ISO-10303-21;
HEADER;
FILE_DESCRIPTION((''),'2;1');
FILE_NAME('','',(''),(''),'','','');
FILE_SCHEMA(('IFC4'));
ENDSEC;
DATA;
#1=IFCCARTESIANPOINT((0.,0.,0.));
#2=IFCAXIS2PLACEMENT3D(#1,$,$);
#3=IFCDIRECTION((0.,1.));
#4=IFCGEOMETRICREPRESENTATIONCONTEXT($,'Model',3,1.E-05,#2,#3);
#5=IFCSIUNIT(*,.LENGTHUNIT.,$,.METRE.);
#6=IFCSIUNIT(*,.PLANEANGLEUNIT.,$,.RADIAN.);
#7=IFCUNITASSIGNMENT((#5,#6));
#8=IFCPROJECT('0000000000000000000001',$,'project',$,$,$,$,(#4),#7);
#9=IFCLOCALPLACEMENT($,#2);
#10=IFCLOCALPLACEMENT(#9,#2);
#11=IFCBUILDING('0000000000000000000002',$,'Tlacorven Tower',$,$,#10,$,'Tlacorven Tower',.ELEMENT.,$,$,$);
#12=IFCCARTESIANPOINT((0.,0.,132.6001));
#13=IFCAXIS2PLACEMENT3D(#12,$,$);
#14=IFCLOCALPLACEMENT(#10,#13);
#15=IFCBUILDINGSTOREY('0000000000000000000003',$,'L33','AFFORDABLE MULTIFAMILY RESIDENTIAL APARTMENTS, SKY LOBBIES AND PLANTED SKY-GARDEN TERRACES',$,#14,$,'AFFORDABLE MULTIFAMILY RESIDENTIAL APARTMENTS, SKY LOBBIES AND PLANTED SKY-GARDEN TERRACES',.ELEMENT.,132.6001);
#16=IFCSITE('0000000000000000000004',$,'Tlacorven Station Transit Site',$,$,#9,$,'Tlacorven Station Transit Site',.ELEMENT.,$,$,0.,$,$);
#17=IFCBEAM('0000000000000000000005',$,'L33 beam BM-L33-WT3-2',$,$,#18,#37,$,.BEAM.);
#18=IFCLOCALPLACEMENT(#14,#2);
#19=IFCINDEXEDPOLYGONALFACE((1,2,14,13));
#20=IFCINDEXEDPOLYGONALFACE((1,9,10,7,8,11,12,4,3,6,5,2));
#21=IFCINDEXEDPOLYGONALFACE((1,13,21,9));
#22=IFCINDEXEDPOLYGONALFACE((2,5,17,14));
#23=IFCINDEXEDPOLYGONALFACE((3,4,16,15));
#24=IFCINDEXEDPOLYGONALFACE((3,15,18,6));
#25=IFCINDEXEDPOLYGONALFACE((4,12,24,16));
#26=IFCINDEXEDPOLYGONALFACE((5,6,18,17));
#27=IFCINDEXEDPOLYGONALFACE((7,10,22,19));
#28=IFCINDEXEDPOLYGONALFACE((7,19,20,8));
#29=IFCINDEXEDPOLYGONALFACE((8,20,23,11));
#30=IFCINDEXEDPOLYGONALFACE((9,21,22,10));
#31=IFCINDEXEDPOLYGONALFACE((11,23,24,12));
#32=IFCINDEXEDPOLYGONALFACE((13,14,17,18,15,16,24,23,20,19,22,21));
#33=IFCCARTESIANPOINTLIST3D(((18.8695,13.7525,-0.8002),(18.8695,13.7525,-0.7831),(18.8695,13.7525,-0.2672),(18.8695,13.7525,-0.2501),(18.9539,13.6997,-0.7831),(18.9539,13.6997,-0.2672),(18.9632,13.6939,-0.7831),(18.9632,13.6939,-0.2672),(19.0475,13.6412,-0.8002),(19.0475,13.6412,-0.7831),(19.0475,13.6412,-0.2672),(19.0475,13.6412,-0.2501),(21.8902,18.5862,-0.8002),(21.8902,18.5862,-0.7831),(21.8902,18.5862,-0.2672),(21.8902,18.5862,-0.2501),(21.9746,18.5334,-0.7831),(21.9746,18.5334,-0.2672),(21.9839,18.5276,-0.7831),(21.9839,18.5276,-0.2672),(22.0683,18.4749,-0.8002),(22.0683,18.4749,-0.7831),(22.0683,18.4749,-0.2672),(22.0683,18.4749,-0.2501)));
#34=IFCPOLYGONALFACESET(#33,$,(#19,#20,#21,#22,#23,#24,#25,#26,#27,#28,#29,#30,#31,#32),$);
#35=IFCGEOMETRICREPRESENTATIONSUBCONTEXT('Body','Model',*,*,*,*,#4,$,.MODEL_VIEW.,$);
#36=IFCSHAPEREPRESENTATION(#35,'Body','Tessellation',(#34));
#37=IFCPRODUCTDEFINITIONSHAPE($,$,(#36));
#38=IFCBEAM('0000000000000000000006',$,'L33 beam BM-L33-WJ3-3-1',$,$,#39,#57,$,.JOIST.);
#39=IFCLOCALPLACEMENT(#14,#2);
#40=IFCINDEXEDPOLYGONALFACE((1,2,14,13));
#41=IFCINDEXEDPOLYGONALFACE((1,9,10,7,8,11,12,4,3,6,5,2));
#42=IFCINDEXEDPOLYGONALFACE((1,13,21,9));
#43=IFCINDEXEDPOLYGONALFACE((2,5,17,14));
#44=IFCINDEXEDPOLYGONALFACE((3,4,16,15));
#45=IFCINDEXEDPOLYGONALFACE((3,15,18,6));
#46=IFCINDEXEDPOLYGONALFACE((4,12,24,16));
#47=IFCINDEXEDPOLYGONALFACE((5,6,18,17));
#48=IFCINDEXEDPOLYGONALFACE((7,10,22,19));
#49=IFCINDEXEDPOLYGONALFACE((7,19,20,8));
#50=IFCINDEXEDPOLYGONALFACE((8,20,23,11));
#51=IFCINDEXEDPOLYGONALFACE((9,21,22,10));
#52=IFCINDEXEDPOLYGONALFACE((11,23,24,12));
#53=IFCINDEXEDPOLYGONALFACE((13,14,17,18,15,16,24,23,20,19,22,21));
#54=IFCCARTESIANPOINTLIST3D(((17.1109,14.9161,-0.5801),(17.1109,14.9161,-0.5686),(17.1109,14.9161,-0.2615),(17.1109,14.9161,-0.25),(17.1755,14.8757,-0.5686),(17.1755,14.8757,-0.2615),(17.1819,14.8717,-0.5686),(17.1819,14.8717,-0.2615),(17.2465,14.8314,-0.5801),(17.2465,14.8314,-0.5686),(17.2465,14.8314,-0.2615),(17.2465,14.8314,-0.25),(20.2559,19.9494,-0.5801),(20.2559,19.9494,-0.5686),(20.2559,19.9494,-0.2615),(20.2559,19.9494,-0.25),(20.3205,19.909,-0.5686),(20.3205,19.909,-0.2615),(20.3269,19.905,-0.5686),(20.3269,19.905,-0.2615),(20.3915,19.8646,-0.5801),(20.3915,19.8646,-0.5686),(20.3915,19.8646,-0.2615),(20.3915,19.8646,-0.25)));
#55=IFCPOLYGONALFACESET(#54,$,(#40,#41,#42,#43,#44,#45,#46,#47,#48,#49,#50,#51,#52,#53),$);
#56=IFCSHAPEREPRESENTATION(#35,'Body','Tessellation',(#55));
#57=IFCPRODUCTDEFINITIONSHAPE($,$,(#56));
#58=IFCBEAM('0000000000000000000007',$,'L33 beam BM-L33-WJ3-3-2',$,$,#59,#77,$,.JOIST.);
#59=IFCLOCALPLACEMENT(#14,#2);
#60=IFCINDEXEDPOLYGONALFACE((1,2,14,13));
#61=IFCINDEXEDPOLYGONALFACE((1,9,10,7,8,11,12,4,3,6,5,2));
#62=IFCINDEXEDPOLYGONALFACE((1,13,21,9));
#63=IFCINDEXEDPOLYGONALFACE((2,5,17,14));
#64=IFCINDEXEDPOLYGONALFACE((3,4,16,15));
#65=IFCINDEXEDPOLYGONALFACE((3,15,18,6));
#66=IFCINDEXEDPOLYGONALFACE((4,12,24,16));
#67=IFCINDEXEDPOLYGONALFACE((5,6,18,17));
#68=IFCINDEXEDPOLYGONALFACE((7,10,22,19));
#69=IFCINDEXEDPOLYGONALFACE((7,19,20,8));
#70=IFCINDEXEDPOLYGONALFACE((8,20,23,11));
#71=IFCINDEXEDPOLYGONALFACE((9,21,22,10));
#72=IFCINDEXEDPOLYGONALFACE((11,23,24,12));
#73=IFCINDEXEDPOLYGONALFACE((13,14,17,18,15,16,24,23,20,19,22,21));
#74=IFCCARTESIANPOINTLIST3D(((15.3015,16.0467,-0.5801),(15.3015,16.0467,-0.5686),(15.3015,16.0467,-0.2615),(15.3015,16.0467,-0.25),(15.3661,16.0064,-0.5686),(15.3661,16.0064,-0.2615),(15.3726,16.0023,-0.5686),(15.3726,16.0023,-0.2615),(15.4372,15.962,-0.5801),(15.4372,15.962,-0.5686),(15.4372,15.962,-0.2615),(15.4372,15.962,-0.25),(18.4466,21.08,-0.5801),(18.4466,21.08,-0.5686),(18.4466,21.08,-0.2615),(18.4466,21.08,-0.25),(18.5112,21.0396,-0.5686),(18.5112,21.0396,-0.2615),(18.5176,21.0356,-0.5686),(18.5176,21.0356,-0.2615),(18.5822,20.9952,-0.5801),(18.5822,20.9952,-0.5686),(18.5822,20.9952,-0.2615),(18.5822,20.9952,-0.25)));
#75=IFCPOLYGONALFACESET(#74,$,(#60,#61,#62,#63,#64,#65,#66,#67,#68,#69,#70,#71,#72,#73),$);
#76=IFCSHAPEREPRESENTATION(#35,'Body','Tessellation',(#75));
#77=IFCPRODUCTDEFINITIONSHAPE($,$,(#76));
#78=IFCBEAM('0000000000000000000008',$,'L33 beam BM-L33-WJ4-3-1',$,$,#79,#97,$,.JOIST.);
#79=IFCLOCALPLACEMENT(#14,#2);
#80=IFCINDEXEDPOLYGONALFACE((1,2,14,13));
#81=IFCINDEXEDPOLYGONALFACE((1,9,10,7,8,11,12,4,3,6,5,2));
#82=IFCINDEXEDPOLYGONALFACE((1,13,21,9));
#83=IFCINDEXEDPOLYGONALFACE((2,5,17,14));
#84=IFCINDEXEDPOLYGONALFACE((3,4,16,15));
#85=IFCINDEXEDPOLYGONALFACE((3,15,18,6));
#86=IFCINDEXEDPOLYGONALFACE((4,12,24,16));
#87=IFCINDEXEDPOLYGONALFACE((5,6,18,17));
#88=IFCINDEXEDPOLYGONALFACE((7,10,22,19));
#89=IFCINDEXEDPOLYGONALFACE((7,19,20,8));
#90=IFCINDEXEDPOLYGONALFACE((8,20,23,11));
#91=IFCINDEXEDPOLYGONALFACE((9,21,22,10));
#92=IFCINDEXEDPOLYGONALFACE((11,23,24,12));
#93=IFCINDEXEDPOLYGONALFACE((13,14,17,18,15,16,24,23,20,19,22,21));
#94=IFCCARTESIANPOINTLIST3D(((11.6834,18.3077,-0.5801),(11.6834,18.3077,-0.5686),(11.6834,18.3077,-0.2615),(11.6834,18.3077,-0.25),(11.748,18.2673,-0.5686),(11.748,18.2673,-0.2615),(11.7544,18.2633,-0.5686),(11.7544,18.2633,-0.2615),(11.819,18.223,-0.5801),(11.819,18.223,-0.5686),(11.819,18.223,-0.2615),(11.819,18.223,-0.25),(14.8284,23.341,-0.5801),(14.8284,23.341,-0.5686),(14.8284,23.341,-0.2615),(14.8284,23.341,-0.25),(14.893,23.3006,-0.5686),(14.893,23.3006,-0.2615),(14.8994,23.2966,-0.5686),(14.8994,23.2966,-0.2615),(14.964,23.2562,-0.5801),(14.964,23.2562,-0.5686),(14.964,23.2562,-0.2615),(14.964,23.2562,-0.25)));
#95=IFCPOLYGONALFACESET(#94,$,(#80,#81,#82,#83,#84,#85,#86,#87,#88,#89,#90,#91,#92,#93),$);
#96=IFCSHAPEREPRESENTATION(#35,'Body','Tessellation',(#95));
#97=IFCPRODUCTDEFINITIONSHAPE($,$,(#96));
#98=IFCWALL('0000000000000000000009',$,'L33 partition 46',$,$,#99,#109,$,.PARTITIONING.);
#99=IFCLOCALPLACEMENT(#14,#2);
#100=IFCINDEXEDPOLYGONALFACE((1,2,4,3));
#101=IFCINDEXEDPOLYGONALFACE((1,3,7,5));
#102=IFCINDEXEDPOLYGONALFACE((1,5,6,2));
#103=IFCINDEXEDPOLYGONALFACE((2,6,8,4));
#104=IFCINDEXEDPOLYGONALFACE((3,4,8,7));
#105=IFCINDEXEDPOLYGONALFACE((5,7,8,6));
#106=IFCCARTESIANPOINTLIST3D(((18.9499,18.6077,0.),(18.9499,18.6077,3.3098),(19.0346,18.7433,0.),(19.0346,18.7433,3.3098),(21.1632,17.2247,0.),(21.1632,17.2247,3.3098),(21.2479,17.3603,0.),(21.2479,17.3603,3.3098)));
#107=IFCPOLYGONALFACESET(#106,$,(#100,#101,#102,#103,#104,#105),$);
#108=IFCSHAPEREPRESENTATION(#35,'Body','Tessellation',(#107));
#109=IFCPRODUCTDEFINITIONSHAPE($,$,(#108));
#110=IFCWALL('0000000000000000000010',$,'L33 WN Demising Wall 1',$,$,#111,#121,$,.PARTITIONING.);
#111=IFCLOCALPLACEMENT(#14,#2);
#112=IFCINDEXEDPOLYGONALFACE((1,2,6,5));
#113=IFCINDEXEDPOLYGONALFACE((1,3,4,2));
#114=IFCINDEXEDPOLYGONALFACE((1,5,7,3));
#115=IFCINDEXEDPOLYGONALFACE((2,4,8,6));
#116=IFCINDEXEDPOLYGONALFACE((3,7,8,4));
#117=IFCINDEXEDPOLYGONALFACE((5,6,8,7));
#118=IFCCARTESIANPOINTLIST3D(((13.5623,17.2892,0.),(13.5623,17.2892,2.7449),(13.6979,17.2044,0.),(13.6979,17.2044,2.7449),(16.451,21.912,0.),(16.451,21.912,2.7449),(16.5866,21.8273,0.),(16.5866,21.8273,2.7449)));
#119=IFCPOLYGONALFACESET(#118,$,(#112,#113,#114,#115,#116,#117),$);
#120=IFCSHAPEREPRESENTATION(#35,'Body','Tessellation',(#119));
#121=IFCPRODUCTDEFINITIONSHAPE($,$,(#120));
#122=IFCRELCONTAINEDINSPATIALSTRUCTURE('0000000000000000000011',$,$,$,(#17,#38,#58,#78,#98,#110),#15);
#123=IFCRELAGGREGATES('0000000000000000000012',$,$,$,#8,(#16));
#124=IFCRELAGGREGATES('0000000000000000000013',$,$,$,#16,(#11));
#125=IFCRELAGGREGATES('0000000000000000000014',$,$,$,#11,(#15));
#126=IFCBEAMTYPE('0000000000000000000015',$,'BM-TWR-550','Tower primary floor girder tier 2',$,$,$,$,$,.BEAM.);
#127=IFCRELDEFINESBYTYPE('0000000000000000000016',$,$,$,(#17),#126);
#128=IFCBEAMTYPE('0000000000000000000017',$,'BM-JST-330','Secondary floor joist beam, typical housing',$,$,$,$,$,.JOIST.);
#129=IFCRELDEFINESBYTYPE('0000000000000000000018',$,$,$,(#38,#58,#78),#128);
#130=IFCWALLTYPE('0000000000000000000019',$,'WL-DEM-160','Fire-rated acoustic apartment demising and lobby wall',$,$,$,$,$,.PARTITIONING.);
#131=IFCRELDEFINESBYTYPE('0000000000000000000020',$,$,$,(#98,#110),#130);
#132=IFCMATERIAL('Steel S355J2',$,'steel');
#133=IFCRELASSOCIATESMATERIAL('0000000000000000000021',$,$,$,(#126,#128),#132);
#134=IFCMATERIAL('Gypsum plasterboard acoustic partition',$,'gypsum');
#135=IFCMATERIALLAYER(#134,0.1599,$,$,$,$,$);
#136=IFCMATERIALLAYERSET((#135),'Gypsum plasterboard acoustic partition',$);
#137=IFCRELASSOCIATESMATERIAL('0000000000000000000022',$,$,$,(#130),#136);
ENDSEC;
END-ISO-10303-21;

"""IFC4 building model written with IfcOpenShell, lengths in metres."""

from ifc_helpers import new_model, si_unit, direction, frame, frame_2d, origin, origin_2d, place, context, subcontext, project, spatial, rectangle, i_section, extrude, source, transform, mapped, material, layer, layer_set, material_profile, profile_set, type_object, element, save


model = new_model("IFC4")

# Units and contexts
model_context = context("Model", 3, precision=1e-05, world=origin(), true_north=direction((0.0, 1.0)))
body_context = subcontext(model_context, "Body", "Model", "MODEL_VIEW")
ifc_project = project(units=[si_unit("LENGTHUNIT", "METRE"), si_unit("PLANEANGLEUNIT", "RADIAN")], contexts=[model_context])

# Site, building, storey
site_placement = place(None, origin())
site = spatial("IfcSite", under=ifc_project, at=site_placement, Name="Tlacorven Station Transit Site", LongName="Tlacorven Station Transit Site", CompositionType="ELEMENT", RefElevation=0.0)
building_placement = place(site_placement, origin())
building = spatial("IfcBuilding", under=site, at=building_placement, Name="Tlacorven Tower", LongName="Tlacorven Tower", CompositionType="ELEMENT")
storey_placement = place(building_placement, frame((0.0, 0.0, 132.6001)))
storey = spatial("IfcBuildingStorey", under=building, at=storey_placement, Name="L33", Description="AFFORDABLE MULTIFAMILY RESIDENTIAL APARTMENTS, SKY LOBBIES AND PLANTED SKY-GARDEN TERRACES", LongName="AFFORDABLE MULTIFAMILY RESIDENTIAL APARTMENTS, SKY LOBBIES AND PLANTED SKY-GARDEN TERRACES", CompositionType="ELEMENT", Elevation=132.6001)

# Beams
ifc_material_1 = material(Name="Steel S355J2", Category="steel")
ifc_material_profile_1 = material_profile(ifc_material_1, i_section(OverallWidth=0.21, OverallDepth=0.55, WebThickness=0.011, FlangeThickness=0.0171, at=origin_2d()), Name="IPE 550")
ifc_profile_set_1 = profile_set([ifc_material_profile_1], Name="Steel S355J2")
beam_type_1 = type_object("IfcBeamType", Name="BM-TWR-550", Description="Tower primary floor girder tier 2", PredefinedType="BEAM", material=ifc_profile_set_1)
shared_shape_1 = source(origin(), body_context, "Body", "SweptSolid", [
    extrude(i_section(OverallWidth=0.21, OverallDepth=0.55, WebThickness=0.011, FlangeThickness=0.0171, at=origin_2d()), origin(), (0.0, 0.0, 1.0), 5.7),
])
beam_1_placement = place(storey_placement, frame((21.9792, 18.5305, -0.5251), z_axis=(-0.529957, -0.848025, 0.0), x_axis=(0.848025, -0.529957, 0.0)))
element("IfcBeam", 1, at=beam_1_placement, inside=storey, type_object=beam_type_1, Name="L33 beam BM-L33-WT3-2", PredefinedType="BEAM", context=body_context, shape_type="MappedRepresentation", body=[
    mapped(shared_shape_1, transform((0.0, 0.0, 0.0), scale=1.0)),
])
ifc_material_profile_2 = material_profile(ifc_material_1, i_section(OverallWidth=0.1599, OverallDepth=0.3301, WebThickness=0.0076, FlangeThickness=0.0115, at=origin_2d()), Name="IPE 330")
ifc_profile_set_2 = profile_set([ifc_material_profile_2], Name="Steel S355J2")
beam_type_2 = type_object("IfcBeamType", Name="BM-JST-330", Description="Secondary floor joist beam, typical housing", PredefinedType="JOIST", material=ifc_profile_set_2)
shared_shape_2 = source(origin(), body_context, "Body", "SweptSolid", [
    extrude(i_section(OverallWidth=0.1599, OverallDepth=0.3301, WebThickness=0.0076, FlangeThickness=0.0115, at=origin_2d()), origin(), (0.0, 0.0, 1.0), 5.9351),
])
for number, where, z_axis, x_axis, name in (
    (2, (20.3237, 19.907, -0.415), (-0.52991, -0.848054, 0.0), (0.848054, -0.52991, 0.0), "L33 beam BM-L33-WJ3-3-1"),
    (3, (18.5144, 21.0376, -0.415), (-0.52991, -0.848054, 0.0), (0.848054, -0.52991, 0.0), "L33 beam BM-L33-WJ3-3-2"),
    (4, (14.8962, 23.2986, -0.415), (-0.52991, -0.848054, 0.0), (0.848054, -0.52991, 0.0), "L33 beam BM-L33-WJ4-3-1"),
):
    element("IfcBeam", number, at=place(storey_placement, frame(where, z_axis=z_axis, x_axis=x_axis)), inside=storey, type_object=beam_type_2, Name=name, PredefinedType="JOIST", context=body_context, shape_type="MappedRepresentation", body=[
        mapped(shared_shape_2, transform((0.0, 0.0, 0.0), scale=1.0)),
    ])

# Walls
ifc_material_2 = material(Name="Gypsum plasterboard acoustic partition", Category="gypsum")
ifc_layer_1 = layer(ifc_material_2, 0.1599)
ifc_layer_set_1 = layer_set([ifc_layer_1], Name="Gypsum plasterboard acoustic partition")
wall_type_1 = type_object("IfcWallType", Name="WL-DEM-160", Description="Fire-rated acoustic apartment demising and lobby wall", PredefinedType="PARTITIONING", material=ifc_layer_set_1)
wall_1_placement = place(storey_placement, frame((21.2056, 17.2925, 0.0), z_axis=(0.0, 0.0, 1.0), x_axis=(-0.848051, 0.529915, 0.0)))
element("IfcWall", 5, at=wall_1_placement, inside=storey, type_object=wall_type_1, Name="L33 partition 46", PredefinedType="PARTITIONING", context=body_context, shape_type="SweptSolid", body=[
    extrude(rectangle(XDim=2.6099, YDim=0.1599, at=frame_2d((1.3049, 0.0))), origin(), (0.0, 0.0, 1.0), 3.3098),
])
wall_2_placement = place(storey_placement, frame((16.5188, 21.8696, 0.0), z_axis=(0.0, 0.0, 1.0), x_axis=(-0.529922, -0.848046, 0.0)))
element("IfcWall", 6, at=wall_2_placement, inside=storey, type_object=wall_type_1, Name="L33 WN Demising Wall 1", PredefinedType="PARTITIONING", context=body_context, shape_type="SweptSolid", body=[
    extrude(rectangle(XDim=5.4512, YDim=0.1599, at=frame_2d((2.7256, 0.0))), origin(), (0.0, 0.0, 1.0), 2.7449),
])

save(model, "model.ifc")
